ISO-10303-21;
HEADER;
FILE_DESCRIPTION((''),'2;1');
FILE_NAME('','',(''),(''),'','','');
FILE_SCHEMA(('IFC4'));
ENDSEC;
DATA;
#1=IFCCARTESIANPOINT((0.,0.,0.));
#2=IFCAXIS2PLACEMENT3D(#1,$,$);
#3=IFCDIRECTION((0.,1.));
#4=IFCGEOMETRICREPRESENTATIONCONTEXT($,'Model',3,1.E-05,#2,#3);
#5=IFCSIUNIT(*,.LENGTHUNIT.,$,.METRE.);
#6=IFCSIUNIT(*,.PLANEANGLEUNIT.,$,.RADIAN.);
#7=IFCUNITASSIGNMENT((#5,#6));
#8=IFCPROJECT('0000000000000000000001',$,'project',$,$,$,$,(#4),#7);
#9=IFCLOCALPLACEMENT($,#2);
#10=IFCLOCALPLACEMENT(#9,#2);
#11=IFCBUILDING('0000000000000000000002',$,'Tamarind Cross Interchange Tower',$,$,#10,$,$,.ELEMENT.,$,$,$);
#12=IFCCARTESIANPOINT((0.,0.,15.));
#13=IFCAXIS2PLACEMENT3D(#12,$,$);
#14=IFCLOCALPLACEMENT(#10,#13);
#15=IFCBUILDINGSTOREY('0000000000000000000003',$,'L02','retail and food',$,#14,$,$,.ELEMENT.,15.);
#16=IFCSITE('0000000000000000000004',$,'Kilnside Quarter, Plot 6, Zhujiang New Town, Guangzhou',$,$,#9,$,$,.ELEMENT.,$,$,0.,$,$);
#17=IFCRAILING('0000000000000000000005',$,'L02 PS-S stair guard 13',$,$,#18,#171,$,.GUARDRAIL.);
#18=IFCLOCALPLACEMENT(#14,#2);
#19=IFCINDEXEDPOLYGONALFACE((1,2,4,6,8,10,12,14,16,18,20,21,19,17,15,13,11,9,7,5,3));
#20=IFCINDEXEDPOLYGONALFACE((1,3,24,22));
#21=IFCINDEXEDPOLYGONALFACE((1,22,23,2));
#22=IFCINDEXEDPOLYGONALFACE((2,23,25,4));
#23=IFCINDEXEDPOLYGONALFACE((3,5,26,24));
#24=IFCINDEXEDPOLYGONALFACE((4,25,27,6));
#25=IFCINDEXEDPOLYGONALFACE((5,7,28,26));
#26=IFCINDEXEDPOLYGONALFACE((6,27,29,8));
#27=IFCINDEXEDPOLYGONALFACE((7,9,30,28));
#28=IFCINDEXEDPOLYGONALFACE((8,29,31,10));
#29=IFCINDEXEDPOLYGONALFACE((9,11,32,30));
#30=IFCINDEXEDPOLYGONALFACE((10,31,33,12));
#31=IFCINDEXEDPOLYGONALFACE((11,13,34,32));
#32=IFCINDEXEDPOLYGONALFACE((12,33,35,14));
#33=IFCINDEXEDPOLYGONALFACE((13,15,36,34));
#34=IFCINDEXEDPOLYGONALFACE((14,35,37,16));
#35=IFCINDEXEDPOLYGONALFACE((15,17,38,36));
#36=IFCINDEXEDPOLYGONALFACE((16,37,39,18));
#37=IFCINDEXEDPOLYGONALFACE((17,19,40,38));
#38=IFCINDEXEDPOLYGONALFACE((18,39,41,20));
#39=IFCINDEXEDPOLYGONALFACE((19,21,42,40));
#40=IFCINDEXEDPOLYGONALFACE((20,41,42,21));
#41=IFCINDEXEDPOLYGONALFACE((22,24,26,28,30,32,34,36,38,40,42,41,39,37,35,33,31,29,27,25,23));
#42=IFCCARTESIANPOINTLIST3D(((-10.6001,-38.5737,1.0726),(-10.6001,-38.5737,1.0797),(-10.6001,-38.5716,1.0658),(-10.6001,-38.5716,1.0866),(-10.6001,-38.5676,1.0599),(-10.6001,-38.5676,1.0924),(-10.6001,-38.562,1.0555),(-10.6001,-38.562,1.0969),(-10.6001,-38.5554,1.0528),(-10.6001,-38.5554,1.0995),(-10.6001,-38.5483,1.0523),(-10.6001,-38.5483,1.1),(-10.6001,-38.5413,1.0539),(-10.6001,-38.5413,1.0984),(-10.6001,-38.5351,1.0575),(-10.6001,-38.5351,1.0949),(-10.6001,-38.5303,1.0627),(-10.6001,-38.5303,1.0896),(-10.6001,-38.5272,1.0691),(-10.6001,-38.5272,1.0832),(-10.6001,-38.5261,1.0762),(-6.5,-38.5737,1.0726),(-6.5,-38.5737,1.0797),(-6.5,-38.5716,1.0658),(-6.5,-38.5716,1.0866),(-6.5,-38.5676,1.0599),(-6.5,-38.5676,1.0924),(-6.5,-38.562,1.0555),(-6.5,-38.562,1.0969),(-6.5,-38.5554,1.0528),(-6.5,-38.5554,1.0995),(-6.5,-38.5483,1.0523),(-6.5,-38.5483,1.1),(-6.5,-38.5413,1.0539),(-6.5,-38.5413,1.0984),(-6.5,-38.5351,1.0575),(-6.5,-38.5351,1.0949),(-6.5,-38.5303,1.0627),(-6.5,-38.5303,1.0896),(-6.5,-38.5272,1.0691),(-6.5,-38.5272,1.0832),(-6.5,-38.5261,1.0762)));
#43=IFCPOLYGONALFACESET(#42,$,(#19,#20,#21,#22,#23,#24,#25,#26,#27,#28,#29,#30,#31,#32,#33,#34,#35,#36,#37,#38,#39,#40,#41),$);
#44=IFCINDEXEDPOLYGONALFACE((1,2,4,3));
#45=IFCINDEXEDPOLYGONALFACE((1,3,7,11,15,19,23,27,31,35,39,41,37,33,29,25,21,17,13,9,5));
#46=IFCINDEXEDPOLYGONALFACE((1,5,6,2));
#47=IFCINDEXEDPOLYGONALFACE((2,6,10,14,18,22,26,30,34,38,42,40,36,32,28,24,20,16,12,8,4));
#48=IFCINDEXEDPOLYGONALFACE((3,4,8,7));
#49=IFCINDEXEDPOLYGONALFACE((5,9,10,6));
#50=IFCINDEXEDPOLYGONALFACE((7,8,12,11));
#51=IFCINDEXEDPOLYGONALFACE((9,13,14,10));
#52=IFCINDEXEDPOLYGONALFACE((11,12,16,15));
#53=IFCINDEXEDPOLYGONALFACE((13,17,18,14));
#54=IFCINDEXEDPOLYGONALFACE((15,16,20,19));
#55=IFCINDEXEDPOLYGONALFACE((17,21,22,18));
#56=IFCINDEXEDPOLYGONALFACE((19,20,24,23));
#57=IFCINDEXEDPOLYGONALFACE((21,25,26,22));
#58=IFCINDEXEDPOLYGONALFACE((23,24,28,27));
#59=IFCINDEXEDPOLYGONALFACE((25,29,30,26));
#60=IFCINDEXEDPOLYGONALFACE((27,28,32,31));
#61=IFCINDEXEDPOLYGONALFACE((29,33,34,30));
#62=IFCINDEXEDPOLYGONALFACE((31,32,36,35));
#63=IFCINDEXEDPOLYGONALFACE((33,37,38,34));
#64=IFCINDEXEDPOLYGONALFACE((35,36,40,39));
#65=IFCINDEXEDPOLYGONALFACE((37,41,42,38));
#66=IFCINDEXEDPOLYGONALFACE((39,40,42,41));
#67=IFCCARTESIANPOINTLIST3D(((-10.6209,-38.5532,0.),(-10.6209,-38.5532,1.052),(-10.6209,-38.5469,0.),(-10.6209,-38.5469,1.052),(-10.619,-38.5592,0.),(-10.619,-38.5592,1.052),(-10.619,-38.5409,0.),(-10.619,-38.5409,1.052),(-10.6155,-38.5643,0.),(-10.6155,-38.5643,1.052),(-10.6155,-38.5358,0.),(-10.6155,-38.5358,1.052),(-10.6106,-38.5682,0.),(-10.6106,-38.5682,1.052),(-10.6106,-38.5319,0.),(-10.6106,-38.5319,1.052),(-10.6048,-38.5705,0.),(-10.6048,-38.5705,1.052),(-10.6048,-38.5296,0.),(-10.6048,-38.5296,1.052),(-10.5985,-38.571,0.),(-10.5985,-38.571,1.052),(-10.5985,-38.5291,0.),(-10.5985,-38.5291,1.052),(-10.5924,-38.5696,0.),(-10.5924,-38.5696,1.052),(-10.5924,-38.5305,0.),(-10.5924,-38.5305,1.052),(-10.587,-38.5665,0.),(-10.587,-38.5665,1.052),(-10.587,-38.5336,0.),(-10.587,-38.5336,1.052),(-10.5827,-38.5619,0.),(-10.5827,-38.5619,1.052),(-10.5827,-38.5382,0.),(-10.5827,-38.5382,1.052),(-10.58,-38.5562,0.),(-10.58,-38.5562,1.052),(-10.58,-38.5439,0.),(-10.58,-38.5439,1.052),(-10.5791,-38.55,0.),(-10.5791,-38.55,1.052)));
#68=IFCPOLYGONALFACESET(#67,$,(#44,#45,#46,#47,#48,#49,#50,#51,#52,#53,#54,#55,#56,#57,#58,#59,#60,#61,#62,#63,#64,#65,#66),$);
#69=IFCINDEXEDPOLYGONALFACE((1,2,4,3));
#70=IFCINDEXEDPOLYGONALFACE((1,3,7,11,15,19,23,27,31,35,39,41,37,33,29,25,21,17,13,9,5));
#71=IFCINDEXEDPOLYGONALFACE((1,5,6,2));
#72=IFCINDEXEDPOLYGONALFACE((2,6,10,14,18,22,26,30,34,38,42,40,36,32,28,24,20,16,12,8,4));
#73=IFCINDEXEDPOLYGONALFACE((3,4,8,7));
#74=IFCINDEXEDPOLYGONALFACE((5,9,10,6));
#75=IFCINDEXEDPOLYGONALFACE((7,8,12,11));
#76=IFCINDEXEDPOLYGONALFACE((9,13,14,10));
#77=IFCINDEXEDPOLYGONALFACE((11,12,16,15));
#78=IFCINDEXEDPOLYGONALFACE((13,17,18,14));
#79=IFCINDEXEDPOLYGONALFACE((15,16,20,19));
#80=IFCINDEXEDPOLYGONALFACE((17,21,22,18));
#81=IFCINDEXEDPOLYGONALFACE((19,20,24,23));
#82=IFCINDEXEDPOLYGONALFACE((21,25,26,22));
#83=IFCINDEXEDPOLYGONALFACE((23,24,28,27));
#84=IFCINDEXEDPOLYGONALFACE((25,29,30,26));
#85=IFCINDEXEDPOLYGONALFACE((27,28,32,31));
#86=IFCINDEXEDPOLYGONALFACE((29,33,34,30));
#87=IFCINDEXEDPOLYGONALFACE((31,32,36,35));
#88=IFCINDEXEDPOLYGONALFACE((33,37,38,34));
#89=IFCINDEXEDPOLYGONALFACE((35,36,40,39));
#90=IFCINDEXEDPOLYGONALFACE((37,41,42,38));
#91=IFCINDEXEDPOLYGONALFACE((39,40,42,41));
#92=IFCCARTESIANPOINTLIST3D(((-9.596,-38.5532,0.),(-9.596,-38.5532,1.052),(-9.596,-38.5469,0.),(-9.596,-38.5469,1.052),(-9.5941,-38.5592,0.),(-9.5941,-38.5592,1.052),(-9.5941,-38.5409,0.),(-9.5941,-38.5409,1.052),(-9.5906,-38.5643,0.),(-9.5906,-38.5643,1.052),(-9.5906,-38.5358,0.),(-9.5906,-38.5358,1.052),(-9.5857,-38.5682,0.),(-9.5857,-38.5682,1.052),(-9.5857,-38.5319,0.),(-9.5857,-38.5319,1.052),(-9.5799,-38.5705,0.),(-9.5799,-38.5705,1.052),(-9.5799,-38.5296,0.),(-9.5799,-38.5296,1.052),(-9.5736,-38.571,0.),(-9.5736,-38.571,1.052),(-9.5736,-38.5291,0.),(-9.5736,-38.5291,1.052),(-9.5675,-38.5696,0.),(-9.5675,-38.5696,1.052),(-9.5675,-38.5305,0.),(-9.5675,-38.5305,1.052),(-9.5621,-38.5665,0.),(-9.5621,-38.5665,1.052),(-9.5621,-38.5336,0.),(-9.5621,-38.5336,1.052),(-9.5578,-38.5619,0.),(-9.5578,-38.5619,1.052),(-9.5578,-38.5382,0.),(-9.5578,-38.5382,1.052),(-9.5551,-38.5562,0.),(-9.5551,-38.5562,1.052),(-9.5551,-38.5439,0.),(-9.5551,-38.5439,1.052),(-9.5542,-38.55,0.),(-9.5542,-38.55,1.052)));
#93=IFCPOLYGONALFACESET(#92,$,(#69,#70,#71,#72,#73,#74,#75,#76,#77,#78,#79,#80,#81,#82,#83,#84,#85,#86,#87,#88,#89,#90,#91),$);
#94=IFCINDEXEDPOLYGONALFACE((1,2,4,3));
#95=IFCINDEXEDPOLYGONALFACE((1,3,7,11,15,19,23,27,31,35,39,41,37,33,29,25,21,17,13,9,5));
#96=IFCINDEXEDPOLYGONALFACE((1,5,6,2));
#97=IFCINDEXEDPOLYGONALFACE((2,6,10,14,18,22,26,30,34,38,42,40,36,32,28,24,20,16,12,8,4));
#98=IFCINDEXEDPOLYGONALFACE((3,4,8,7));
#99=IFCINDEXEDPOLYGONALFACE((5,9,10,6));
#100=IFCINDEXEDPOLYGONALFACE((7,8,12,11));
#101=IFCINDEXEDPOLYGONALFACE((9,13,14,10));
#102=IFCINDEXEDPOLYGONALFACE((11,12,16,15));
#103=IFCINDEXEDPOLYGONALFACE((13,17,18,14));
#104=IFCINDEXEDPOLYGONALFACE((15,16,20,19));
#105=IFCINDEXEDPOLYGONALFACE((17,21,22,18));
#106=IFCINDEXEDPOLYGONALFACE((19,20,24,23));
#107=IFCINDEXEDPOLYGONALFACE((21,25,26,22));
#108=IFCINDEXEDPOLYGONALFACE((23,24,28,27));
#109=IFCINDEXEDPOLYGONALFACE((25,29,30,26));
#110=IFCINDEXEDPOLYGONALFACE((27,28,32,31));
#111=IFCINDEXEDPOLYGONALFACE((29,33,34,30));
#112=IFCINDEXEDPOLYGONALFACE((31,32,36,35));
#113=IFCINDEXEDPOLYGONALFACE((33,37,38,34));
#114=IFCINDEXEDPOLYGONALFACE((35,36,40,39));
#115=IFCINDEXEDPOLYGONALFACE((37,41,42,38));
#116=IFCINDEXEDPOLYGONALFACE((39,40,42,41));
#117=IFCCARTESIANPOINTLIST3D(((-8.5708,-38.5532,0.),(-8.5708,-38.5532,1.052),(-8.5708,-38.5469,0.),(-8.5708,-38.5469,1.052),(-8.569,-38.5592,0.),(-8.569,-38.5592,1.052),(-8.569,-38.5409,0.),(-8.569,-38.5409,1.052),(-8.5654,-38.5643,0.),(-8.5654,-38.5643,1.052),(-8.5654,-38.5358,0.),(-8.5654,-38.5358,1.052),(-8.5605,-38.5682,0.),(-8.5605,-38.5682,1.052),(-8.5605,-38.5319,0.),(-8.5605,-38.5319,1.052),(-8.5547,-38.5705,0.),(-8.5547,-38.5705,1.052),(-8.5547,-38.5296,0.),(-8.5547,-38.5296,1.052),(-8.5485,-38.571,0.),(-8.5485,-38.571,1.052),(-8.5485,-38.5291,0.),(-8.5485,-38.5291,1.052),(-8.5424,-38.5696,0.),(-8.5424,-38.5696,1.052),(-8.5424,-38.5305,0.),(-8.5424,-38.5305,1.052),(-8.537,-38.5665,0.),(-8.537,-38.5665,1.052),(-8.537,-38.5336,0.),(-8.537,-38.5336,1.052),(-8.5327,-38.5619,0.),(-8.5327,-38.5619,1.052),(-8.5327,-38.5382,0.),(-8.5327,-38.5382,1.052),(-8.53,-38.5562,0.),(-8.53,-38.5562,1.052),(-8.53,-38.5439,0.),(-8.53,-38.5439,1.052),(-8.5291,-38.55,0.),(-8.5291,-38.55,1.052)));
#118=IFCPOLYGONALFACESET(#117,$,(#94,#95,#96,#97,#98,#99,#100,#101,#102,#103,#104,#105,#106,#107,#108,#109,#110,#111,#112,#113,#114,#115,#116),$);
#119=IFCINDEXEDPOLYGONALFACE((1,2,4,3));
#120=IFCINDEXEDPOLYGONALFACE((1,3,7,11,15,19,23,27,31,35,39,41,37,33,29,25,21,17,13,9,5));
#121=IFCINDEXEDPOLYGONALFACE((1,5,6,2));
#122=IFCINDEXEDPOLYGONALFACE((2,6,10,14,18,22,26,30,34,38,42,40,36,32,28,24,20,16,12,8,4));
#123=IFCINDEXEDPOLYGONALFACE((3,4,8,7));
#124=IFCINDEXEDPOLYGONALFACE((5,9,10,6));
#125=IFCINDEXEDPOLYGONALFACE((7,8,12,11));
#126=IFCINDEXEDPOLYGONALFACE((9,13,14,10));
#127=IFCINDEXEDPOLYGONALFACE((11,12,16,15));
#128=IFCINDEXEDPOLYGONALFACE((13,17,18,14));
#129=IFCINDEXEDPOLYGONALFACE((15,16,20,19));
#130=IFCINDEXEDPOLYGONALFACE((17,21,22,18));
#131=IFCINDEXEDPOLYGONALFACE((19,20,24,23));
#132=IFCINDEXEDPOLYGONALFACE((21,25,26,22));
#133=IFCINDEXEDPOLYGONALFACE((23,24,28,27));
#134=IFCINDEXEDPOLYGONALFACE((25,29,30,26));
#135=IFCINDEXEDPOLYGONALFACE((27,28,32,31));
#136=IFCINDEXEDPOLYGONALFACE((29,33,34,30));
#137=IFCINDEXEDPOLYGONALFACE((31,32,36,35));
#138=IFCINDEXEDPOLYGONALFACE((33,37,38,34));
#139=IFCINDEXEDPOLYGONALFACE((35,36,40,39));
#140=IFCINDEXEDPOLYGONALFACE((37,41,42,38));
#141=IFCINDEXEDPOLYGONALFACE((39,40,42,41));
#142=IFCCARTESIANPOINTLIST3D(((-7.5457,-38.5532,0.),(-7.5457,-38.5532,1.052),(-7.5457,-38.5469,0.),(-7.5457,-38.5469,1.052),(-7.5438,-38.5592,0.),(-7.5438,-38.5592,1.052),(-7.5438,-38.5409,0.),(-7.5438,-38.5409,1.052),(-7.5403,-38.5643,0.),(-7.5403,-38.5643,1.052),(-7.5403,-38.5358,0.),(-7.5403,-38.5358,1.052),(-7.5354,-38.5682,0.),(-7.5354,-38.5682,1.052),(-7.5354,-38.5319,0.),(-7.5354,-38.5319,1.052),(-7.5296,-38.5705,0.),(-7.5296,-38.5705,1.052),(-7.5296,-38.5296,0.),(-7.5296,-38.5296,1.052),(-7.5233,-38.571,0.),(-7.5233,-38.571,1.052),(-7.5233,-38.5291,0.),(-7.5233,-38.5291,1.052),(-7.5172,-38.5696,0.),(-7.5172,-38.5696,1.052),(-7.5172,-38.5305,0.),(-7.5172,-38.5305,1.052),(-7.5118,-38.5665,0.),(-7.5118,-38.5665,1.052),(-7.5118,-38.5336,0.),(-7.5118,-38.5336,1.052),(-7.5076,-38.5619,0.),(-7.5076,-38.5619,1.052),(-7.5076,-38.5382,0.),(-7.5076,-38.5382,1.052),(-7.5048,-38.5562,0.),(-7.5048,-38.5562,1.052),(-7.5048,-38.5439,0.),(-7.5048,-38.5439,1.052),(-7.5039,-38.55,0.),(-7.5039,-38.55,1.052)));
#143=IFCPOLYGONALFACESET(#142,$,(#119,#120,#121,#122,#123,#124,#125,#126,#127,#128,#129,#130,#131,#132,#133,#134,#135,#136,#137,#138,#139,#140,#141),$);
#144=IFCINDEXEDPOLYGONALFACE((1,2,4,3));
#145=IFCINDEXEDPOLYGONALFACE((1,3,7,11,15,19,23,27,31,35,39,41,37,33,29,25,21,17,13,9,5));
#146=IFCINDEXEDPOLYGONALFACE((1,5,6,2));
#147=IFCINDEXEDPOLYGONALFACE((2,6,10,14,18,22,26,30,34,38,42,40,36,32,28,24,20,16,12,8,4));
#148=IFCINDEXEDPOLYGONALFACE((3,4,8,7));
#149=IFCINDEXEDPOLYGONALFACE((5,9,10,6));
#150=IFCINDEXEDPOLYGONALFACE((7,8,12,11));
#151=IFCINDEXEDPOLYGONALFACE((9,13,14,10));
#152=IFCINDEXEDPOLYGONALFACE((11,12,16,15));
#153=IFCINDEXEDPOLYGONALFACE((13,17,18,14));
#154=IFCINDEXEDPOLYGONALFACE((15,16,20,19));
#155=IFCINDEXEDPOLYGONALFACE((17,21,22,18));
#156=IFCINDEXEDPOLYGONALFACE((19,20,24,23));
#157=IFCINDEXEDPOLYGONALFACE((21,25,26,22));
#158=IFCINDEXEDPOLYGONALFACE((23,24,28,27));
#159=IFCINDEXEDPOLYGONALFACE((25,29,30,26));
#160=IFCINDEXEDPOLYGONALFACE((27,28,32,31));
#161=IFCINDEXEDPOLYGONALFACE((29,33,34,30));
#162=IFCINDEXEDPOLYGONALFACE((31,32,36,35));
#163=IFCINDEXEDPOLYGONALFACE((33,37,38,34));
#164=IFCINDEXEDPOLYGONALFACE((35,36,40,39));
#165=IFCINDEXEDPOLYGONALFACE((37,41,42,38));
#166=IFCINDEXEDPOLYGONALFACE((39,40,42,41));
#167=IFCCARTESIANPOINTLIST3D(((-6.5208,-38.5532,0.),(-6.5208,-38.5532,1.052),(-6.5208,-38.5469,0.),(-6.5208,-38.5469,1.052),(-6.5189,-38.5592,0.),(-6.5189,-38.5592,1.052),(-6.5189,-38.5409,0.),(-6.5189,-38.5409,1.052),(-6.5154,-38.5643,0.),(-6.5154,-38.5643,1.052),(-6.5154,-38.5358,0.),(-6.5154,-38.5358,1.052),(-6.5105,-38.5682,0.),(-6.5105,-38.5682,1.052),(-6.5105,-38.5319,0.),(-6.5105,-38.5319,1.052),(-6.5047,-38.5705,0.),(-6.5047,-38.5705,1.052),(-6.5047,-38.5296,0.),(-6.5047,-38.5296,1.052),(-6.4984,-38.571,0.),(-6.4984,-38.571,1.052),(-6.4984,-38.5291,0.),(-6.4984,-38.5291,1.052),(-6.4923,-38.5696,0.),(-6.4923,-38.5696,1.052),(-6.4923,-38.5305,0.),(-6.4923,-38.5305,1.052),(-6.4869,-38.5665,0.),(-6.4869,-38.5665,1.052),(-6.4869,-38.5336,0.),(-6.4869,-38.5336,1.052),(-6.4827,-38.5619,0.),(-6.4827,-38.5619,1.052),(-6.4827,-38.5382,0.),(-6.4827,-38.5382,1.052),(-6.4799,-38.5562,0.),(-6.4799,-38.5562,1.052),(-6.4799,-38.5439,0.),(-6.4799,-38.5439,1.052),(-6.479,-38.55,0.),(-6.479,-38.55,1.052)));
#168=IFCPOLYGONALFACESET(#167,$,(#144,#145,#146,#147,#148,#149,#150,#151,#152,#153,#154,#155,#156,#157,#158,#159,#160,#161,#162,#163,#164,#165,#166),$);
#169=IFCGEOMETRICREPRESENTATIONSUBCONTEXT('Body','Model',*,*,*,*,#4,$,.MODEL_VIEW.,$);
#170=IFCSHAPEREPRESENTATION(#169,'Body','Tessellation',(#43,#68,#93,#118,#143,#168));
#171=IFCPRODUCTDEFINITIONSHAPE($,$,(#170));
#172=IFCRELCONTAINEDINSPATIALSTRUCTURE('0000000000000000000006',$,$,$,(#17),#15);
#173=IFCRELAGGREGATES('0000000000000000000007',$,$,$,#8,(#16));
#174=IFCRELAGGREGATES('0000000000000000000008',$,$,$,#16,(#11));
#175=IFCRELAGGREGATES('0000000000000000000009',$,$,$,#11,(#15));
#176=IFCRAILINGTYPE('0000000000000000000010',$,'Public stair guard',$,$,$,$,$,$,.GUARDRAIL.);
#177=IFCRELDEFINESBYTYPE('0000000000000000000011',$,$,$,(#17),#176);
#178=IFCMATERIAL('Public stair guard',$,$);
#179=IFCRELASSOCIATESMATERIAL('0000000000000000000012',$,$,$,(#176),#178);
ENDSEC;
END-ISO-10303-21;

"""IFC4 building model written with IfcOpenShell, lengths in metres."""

from ifc_helpers import new_model, si_unit, direction, frame, origin, origin_2d, place, context, subcontext, project, spatial, circle, extrude, material, type_object, element, save


model = new_model("IFC4")

# Units and contexts
model_context = context("Model", 3, precision=1e-05, world=origin(), true_north=direction((0.0, 1.0)))
body_context = subcontext(model_context, "Body", "Model", "MODEL_VIEW")
ifc_project = project(units=[si_unit("LENGTHUNIT", "METRE"), si_unit("PLANEANGLEUNIT", "RADIAN")], contexts=[model_context])

# Site, building, storey
site_placement = place(None, origin())
site = spatial("IfcSite", under=ifc_project, at=site_placement, Name="Kilnside Quarter, Plot 6, Zhujiang New Town, Guangzhou", CompositionType="ELEMENT", RefElevation=0.0)
building_placement = place(site_placement, origin())
building = spatial("IfcBuilding", under=site, at=building_placement, Name="Tamarind Cross Interchange Tower", CompositionType="ELEMENT")
storey_placement = place(building_placement, frame((0.0, 0.0, 15.0)))
storey = spatial("IfcBuildingStorey", under=building, at=storey_placement, Name="L02", Description="retail and food", CompositionType="ELEMENT", Elevation=15.0)

# Railing
ifc_material_1 = material(Name="Public stair guard")
railing_type_1 = type_object("IfcRailingType", Name="Public stair guard", PredefinedType="GUARDRAIL", material=ifc_material_1)
railing_1_placement = place(storey_placement, frame((-10.6001, -38.55, 0.0)))
element("IfcRailing", 1, at=railing_1_placement, inside=storey, type_object=railing_type_1, Name="L02 PS-S stair guard 13", PredefinedType="GUARDRAIL", context=body_context, shape_type="SweptSolid", body=[
    extrude(circle(Radius=0.0239, at=origin_2d()), frame((0.0, 0.0, 1.0762), z_axis=(1.0, 0.0, 0.0), x_axis=(0.0, 1.0, 0.0)), (0.0, 0.0, 1.0), 4.1001),
    extrude(circle(Radius=0.021, at=origin_2d()), origin(), (0.0, 0.0, 1.0), 1.052),
    extrude(circle(Radius=0.021, at=origin_2d()), frame((1.0249, 0.0, 0.0)), (0.0, 0.0, 1.0), 1.052),
    extrude(circle(Radius=0.021, at=origin_2d()), frame((2.05, 0.0, 0.0)), (0.0, 0.0, 1.0), 1.052),
    extrude(circle(Radius=0.021, at=origin_2d()), frame((3.0752, 0.0, 0.0)), (0.0, 0.0, 1.0), 1.052),
    extrude(circle(Radius=0.021, at=origin_2d()), frame((4.1001, 0.0, 0.0)), (0.0, 0.0, 1.0), 1.052),
])

save(model, "model.ifc")
